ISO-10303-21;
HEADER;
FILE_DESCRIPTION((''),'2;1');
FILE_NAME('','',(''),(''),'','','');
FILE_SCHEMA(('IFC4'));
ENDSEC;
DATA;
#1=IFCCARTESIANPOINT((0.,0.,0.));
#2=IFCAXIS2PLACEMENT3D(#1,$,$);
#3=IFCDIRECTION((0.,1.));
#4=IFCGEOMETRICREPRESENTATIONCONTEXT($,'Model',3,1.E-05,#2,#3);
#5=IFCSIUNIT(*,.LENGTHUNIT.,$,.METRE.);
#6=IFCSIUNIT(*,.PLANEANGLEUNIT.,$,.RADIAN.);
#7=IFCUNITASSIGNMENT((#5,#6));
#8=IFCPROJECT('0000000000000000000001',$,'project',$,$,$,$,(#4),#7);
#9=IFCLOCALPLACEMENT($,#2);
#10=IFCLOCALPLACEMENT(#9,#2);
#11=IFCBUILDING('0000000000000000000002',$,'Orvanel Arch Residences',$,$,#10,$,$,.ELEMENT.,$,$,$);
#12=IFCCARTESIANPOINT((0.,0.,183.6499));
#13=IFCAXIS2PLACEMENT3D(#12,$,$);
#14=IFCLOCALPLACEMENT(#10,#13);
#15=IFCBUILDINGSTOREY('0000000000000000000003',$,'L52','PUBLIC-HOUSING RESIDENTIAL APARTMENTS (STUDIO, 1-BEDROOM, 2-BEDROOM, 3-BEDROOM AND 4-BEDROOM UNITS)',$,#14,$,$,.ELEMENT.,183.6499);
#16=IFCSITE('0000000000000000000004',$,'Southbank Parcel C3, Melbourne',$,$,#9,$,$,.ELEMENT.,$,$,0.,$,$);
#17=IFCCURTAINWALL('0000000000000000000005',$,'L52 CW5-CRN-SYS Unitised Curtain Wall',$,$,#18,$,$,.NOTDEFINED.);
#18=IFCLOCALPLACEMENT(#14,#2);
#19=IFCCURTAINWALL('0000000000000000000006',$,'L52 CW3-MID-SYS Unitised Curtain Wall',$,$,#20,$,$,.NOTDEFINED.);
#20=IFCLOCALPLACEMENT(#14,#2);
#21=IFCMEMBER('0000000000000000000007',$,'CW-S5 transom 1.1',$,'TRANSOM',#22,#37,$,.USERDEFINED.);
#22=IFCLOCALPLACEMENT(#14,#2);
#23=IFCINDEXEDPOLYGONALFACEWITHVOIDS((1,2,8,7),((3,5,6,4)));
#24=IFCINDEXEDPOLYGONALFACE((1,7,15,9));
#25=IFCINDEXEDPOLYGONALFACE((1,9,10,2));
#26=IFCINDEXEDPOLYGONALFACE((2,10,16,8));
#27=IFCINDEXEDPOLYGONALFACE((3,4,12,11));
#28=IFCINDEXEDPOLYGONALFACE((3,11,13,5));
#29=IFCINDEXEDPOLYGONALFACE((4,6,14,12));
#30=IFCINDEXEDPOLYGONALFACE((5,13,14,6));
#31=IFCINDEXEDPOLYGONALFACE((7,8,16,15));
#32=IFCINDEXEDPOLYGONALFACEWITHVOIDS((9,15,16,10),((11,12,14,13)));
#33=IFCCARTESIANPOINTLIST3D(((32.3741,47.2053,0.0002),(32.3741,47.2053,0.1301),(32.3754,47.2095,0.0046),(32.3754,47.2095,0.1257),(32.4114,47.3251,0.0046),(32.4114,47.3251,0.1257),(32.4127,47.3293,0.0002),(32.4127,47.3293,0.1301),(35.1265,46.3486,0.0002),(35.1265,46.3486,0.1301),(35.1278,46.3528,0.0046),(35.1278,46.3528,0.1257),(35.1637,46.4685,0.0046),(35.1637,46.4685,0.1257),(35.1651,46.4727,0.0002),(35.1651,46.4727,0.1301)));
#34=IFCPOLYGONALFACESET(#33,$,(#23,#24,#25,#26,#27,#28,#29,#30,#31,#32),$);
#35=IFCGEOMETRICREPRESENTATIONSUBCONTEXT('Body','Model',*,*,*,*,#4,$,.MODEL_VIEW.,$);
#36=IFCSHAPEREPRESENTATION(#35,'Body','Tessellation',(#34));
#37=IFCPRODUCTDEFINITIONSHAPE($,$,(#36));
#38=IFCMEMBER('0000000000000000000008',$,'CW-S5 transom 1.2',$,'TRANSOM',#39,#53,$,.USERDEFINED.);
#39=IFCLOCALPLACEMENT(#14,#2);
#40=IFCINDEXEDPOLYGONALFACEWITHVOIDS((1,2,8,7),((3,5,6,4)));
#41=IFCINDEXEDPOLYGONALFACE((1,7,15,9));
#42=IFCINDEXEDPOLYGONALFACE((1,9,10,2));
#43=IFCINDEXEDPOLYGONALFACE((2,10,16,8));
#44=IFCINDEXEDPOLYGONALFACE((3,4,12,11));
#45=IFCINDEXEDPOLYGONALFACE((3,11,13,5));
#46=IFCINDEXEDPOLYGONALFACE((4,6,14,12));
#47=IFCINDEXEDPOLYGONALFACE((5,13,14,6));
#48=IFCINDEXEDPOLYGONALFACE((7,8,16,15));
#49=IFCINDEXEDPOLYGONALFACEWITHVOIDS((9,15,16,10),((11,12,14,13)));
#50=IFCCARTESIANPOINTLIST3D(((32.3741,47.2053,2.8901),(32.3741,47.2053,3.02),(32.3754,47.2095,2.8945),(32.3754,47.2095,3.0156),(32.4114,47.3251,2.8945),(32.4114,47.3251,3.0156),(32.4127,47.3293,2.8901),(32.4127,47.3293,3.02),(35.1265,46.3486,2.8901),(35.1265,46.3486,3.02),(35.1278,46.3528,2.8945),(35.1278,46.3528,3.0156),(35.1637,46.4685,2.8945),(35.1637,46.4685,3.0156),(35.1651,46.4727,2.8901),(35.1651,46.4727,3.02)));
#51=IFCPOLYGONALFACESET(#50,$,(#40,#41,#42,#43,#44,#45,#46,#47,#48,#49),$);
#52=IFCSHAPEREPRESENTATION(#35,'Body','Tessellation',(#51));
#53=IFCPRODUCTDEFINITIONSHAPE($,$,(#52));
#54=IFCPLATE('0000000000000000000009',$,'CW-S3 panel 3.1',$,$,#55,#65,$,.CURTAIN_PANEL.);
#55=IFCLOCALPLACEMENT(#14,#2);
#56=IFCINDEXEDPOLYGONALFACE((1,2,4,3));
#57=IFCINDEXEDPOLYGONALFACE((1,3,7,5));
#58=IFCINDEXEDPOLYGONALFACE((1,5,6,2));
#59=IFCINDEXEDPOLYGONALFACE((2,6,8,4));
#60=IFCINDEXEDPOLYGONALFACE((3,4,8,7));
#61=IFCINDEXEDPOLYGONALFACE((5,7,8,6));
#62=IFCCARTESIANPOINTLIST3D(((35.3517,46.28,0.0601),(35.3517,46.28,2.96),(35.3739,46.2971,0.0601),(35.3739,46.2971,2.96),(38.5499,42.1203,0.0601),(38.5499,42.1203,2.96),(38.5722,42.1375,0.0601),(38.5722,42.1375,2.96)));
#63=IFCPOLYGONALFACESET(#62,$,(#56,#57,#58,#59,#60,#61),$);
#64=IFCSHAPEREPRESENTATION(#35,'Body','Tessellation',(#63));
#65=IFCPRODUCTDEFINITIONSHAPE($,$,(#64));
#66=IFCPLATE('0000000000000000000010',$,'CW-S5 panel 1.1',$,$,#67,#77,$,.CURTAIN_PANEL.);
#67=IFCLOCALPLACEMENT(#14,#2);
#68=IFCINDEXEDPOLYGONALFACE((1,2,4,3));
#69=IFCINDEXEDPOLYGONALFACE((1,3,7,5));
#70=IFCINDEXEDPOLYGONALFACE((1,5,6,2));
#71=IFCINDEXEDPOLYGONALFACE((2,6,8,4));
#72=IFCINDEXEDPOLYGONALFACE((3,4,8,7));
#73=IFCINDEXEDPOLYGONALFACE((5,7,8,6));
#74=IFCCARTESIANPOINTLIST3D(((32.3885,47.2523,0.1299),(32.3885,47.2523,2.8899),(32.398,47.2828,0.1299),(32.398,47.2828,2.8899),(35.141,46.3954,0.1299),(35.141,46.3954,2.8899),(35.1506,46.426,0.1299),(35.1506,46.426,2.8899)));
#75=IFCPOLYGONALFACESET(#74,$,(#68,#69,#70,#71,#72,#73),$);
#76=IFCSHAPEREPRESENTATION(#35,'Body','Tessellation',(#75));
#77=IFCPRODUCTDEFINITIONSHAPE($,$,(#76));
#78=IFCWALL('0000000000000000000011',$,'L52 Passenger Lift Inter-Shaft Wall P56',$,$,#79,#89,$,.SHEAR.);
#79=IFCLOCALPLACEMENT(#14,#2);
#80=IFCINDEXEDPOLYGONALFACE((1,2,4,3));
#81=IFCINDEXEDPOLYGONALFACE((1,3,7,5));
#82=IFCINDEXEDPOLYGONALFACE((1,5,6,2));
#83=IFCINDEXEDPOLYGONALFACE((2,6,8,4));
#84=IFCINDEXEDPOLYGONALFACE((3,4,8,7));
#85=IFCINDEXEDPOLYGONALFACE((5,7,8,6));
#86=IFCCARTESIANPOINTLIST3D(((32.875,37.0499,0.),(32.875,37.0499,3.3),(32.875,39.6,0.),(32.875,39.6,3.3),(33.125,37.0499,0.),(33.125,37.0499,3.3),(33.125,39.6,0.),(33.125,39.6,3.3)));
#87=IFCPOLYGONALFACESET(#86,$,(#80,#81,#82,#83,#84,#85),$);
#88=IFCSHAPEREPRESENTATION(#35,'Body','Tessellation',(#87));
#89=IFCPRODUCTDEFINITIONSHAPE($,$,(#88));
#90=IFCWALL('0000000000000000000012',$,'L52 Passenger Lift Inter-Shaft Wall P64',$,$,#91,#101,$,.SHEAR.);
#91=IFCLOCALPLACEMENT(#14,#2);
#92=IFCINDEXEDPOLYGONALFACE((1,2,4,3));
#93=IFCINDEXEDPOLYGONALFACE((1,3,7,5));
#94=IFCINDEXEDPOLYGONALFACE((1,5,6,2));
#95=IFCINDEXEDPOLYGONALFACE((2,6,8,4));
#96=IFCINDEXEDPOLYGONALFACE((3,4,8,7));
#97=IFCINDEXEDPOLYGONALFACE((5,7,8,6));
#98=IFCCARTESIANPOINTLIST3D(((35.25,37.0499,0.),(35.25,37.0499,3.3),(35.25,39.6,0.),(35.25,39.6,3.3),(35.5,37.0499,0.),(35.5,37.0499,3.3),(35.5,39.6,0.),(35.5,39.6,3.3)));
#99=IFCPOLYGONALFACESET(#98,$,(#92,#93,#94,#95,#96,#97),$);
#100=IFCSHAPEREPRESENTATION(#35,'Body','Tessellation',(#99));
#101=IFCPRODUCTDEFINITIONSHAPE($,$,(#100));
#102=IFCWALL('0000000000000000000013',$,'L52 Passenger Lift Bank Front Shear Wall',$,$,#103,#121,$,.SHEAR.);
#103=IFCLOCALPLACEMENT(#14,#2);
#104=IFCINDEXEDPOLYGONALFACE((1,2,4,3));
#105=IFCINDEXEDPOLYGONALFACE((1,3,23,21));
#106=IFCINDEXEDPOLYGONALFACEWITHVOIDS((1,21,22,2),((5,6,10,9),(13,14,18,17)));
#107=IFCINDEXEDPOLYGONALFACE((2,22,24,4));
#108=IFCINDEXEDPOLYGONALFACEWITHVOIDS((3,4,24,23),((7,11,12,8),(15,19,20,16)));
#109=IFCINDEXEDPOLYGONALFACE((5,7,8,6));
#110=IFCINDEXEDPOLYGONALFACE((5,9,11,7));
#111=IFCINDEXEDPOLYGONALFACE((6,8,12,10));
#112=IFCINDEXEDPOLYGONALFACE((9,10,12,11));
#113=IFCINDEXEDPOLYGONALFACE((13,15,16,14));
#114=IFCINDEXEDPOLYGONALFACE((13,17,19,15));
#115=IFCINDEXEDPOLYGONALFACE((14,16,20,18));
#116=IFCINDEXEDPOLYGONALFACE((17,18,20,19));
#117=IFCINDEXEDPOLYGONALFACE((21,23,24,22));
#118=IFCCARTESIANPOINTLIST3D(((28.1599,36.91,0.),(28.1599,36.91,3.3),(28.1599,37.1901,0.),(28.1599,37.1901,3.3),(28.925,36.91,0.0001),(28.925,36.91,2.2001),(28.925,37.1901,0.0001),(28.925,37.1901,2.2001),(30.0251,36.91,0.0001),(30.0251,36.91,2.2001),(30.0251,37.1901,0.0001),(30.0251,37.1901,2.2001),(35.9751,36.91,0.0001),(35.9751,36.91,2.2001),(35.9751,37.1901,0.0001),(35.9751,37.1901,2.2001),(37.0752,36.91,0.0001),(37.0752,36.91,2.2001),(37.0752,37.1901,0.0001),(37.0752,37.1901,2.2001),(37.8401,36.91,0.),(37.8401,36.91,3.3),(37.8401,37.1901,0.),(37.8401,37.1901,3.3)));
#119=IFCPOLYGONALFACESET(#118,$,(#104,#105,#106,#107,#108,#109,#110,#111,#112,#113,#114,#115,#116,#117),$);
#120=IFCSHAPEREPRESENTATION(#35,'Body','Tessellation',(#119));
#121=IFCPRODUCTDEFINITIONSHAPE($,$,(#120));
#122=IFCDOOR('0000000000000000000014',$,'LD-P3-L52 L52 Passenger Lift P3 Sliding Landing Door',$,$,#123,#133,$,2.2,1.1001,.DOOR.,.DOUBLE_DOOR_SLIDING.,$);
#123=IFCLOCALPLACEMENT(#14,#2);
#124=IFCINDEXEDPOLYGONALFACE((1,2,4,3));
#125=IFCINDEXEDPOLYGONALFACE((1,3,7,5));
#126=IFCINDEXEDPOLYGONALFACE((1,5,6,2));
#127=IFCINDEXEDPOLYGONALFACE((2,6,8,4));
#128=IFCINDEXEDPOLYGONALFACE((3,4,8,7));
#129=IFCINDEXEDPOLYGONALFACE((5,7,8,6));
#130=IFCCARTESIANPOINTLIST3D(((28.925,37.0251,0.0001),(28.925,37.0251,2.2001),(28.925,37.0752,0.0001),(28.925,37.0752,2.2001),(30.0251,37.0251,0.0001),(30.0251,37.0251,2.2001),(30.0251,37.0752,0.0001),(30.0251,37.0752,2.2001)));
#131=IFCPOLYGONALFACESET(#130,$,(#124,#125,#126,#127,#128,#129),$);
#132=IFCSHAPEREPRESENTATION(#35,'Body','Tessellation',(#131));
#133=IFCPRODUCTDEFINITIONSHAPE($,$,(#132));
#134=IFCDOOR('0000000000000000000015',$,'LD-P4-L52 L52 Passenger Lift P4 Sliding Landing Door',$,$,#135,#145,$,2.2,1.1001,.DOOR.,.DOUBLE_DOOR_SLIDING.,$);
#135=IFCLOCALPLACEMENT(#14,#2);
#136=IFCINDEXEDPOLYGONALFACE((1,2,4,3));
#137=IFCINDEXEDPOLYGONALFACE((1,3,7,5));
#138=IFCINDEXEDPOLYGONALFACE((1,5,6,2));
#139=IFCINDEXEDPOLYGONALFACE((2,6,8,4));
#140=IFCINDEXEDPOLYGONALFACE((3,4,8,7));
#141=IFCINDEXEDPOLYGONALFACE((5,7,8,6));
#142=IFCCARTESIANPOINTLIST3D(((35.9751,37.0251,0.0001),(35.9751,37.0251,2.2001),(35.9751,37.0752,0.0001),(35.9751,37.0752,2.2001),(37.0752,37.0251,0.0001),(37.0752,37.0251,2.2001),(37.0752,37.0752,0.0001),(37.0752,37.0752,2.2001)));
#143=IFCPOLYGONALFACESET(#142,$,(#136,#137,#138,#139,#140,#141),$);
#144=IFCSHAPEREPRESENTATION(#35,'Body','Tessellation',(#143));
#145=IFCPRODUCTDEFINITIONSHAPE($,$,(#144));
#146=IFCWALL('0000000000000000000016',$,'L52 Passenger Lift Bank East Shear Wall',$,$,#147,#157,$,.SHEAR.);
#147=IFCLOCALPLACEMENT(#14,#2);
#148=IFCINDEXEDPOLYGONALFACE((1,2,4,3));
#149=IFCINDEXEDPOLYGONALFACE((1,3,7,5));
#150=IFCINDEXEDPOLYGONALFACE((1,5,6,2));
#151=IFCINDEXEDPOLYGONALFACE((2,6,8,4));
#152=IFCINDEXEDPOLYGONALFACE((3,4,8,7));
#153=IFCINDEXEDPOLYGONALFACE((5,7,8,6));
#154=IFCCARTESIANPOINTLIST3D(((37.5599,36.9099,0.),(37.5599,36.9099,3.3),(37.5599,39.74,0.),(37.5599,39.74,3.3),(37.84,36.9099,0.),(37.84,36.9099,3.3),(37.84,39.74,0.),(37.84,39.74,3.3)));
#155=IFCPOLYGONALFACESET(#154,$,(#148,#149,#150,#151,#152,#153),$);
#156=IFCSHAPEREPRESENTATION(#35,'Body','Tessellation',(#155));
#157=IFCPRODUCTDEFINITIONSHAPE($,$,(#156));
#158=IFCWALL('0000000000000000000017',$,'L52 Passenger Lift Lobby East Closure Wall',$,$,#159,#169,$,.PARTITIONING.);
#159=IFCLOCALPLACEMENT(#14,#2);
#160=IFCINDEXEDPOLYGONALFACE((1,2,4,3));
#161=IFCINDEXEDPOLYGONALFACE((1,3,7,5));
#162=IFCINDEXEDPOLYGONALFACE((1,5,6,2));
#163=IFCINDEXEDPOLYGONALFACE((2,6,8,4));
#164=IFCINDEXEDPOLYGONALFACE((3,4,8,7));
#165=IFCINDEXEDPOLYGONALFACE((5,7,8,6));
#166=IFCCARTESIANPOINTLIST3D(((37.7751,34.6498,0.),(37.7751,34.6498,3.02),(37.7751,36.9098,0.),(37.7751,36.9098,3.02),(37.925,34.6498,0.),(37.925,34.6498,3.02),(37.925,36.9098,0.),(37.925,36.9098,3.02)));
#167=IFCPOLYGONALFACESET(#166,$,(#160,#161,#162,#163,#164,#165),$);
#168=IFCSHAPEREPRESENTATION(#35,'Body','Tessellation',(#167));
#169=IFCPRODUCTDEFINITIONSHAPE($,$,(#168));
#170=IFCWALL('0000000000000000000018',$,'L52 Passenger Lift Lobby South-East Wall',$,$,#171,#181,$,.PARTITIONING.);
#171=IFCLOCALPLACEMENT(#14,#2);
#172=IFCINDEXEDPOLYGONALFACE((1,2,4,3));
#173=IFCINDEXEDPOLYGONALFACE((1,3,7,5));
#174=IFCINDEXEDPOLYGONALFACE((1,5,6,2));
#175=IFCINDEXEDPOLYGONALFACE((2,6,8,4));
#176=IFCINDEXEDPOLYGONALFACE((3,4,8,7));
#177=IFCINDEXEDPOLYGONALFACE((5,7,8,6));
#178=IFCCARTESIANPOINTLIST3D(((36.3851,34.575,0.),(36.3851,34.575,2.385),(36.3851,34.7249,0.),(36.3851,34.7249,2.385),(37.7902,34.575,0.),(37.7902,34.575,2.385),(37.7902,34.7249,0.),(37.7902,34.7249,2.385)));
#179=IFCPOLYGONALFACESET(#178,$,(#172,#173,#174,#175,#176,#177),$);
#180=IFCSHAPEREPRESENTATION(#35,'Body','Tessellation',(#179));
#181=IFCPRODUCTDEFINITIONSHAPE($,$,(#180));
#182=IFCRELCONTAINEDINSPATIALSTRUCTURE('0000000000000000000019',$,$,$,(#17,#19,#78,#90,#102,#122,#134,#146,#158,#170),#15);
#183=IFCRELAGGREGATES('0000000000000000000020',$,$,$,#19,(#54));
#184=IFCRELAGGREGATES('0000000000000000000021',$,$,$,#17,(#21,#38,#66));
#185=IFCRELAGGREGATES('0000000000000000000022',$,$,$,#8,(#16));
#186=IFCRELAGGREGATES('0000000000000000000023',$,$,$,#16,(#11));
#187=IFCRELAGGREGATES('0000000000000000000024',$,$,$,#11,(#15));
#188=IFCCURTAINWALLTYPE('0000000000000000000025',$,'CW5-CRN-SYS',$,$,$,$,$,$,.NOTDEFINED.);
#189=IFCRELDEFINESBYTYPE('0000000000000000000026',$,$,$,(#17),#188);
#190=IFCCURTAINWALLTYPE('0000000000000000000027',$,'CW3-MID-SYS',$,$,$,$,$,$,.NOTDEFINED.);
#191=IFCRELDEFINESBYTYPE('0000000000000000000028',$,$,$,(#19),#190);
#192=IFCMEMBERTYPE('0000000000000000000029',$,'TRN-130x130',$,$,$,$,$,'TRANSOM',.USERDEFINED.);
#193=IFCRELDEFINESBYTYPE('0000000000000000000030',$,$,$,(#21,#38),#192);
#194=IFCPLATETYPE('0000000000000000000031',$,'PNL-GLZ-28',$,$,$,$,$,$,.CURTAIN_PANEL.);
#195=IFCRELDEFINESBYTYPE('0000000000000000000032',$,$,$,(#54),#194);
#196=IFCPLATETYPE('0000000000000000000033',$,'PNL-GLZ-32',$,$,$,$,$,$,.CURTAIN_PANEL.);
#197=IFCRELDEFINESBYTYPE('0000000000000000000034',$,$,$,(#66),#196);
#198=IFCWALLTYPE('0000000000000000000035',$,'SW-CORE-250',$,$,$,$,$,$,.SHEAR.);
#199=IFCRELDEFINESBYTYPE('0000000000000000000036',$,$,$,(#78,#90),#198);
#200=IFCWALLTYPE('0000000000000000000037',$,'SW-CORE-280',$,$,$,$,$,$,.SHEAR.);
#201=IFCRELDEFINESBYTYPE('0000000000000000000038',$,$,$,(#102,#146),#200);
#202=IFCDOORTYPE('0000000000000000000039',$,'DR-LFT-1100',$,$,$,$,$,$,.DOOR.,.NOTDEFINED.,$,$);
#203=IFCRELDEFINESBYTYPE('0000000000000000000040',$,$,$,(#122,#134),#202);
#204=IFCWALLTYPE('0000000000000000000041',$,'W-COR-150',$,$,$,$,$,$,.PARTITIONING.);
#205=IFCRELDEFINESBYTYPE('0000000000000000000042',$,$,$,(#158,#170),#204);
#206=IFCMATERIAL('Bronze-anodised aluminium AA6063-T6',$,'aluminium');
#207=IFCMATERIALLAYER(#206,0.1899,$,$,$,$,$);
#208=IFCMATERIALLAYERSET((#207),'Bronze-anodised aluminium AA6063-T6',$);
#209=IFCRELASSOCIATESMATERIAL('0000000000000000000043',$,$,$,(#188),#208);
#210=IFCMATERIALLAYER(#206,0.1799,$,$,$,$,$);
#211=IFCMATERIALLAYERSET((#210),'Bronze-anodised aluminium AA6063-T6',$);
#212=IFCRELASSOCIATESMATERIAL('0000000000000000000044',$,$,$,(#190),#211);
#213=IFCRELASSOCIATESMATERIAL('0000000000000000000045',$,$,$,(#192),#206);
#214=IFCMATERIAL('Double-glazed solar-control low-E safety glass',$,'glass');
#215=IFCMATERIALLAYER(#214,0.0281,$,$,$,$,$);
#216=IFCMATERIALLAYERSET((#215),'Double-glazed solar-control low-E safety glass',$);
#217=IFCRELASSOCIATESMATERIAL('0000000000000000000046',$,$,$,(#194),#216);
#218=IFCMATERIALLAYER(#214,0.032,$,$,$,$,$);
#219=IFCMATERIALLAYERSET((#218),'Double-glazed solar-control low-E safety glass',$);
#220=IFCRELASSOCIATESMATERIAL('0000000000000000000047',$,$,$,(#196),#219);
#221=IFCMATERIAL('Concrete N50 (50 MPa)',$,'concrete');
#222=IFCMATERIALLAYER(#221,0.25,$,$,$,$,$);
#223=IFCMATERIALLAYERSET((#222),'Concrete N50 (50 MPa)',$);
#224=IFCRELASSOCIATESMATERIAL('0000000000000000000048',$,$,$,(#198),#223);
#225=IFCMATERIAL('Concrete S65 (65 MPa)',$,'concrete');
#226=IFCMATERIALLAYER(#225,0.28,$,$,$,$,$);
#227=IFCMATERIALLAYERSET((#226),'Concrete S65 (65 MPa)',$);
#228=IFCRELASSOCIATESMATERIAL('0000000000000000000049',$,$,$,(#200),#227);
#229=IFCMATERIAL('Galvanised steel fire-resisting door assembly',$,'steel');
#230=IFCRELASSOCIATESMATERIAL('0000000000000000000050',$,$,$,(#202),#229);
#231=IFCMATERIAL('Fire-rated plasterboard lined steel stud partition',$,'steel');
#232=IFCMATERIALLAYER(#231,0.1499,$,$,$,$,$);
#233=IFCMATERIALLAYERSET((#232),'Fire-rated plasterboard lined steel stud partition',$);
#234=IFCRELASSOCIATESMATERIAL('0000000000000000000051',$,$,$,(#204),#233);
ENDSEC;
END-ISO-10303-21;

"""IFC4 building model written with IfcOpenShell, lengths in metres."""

from ifc_helpers import new_model, si_unit, direction, frame, frame_2d, origin, origin_2d, place, context, subcontext, project, spatial, rectangle, hollow_rectangle, extrude, material, layer, layer_set, material_profile, profile_set, type_object, element, fill, aggregate, save


model = new_model("IFC4")

# Units and contexts
model_context = context("Model", 3, precision=1e-05, world=origin(), true_north=direction((0.0, 1.0)))
body_context = subcontext(model_context, "Body", "Model", "MODEL_VIEW")
ifc_project = project(units=[si_unit("LENGTHUNIT", "METRE"), si_unit("PLANEANGLEUNIT", "RADIAN")], contexts=[model_context])

# Site, building, storey
site_placement = place(None, origin())
site = spatial("IfcSite", under=ifc_project, at=site_placement, Name="Southbank Parcel C3, Melbourne", CompositionType="ELEMENT", RefElevation=0.0)
building_placement = place(site_placement, origin())
building = spatial("IfcBuilding", under=site, at=building_placement, Name="Orvanel Arch Residences", CompositionType="ELEMENT")
storey_placement = place(building_placement, frame((0.0, 0.0, 183.6499)))
storey = spatial("IfcBuildingStorey", under=building, at=storey_placement, Name="L52", Description="PUBLIC-HOUSING RESIDENTIAL APARTMENTS (STUDIO, 1-BEDROOM, 2-BEDROOM, 3-BEDROOM AND 4-BEDROOM UNITS)", CompositionType="ELEMENT", Elevation=183.6499)

# Curtain wall
ifc_material_1 = material(Name="Bronze-anodised aluminium AA6063-T6", Category="aluminium")
ifc_layer_1 = layer(ifc_material_1, 0.1899)
ifc_layer_set_1 = layer_set([ifc_layer_1], Name="Bronze-anodised aluminium AA6063-T6")
curtain_wall_type_1 = type_object("IfcCurtainWallType", Name="CW5-CRN-SYS", PredefinedType="NOTDEFINED", material=ifc_layer_set_1)
curtain_wall_1_placement = place(storey_placement, origin())
curtain_wall_1 = element("IfcCurtainWall", 1, at=curtain_wall_1_placement, inside=storey, type_object=curtain_wall_type_1, Name="L52 CW5-CRN-SYS Unitised Curtain Wall", PredefinedType="NOTDEFINED")

# Curtain wall
ifc_layer_2 = layer(ifc_material_1, 0.1799)
ifc_layer_set_2 = layer_set([ifc_layer_2], Name="Bronze-anodised aluminium AA6063-T6")
curtain_wall_type_2 = type_object("IfcCurtainWallType", Name="CW3-MID-SYS", PredefinedType="NOTDEFINED", material=ifc_layer_set_2)
curtain_wall_2_placement = place(storey_placement, origin())
curtain_wall_2 = element("IfcCurtainWall", 2, at=curtain_wall_2_placement, inside=storey, type_object=curtain_wall_type_2, Name="L52 CW3-MID-SYS Unitised Curtain Wall", PredefinedType="NOTDEFINED")

# Members
ifc_material_profile_1 = material_profile(ifc_material_1, hollow_rectangle(XDim=0.1299, YDim=0.1299, WallThickness=0.0044, at=origin_2d()), Name="ALU130x130x4.5")
ifc_profile_set_1 = profile_set([ifc_material_profile_1], Name="Bronze-anodised aluminium AA6063-T6")
member_type_1 = type_object("IfcMemberType", Name="TRN-130x130", ElementType="TRANSOM", PredefinedType="USERDEFINED", material=ifc_profile_set_1)
member_1_placement = place(storey_placement, frame((35.1458, 46.4106, 0.0652), z_axis=(-0.95482, 0.297185, 0.0), x_axis=(-0.297185, -0.95482, 0.0)))
member_1 = element("IfcMember", 3, at=member_1_placement, type_object=member_type_1, Name="CW-S5 transom 1.1", ObjectType="TRANSOM", PredefinedType="USERDEFINED", context=body_context, shape_type="SweptSolid", body=[
    extrude(hollow_rectangle(XDim=0.1299, YDim=0.1299, WallThickness=0.0044, at=origin_2d()), origin(), (0.0, 0.0, 1.0), 2.8826),
])
member_2_placement = place(storey_placement, frame((35.1458, 46.4106, 2.9551), z_axis=(-0.95482, 0.297185, 0.0), x_axis=(-0.297185, -0.95482, 0.0)))
member_2 = element("IfcMember", 4, at=member_2_placement, type_object=member_type_1, Name="CW-S5 transom 1.2", ObjectType="TRANSOM", PredefinedType="USERDEFINED", context=body_context, shape_type="SweptSolid", body=[
    extrude(hollow_rectangle(XDim=0.1299, YDim=0.1299, WallThickness=0.0044, at=origin_2d()), origin(), (0.0, 0.0, 1.0), 2.8826),
])

# Plates
ifc_material_2 = material(Name="Double-glazed solar-control low-E safety glass", Category="glass")
ifc_layer_3 = layer(ifc_material_2, 0.0281)
ifc_layer_set_3 = layer_set([ifc_layer_3], Name="Double-glazed solar-control low-E safety glass")
plate_type_1 = type_object("IfcPlateType", Name="PNL-GLZ-28", PredefinedType="CURTAIN_PANEL", material=ifc_layer_set_3)
plate_1_placement = place(storey_placement, frame((36.9619, 44.2087, 0.0601), z_axis=(0.0, 0.0, 1.0), x_axis=(-0.609533, 0.792761, 0.0)))
plate_1 = element("IfcPlate", 5, at=plate_1_placement, type_object=plate_type_1, Name="CW-S3 panel 3.1", PredefinedType="CURTAIN_PANEL", context=body_context, shape_type="SweptSolid", body=[
    extrude(rectangle(XDim=5.2471, YDim=0.0281, at=origin_2d()), origin(), (0.0, 0.0, 1.0), 2.8999),
])
aggregate(curtain_wall_2, [plate_1])
ifc_layer_4 = layer(ifc_material_2, 0.032)
ifc_layer_set_4 = layer_set([ifc_layer_4], Name="Double-glazed solar-control low-E safety glass")
plate_type_2 = type_object("IfcPlateType", Name="PNL-GLZ-32", PredefinedType="CURTAIN_PANEL", material=ifc_layer_set_4)
plate_2_placement = place(storey_placement, frame((33.7695, 46.8391, 0.1299), z_axis=(0.0, 0.0, 1.0), x_axis=(-0.954809, 0.297219, 0.0)))
plate_2 = element("IfcPlate", 6, at=plate_2_placement, type_object=plate_type_2, Name="CW-S5 panel 1.1", PredefinedType="CURTAIN_PANEL", context=body_context, shape_type="SweptSolid", body=[
    extrude(rectangle(XDim=2.8828, YDim=0.032, at=origin_2d()), origin(), (0.0, 0.0, 1.0), 2.76),
])
aggregate(curtain_wall_1, [member_1, member_2, plate_2])

# Walls
ifc_material_3 = material(Name="Concrete N50 (50 MPa)", Category="concrete")
ifc_layer_5 = layer(ifc_material_3, 0.25)
ifc_layer_set_5 = layer_set([ifc_layer_5], Name="Concrete N50 (50 MPa)")
wall_type_1 = type_object("IfcWallType", Name="SW-CORE-250", PredefinedType="SHEAR", material=ifc_layer_set_5)
for number, where, z_axis, x_axis, name in (
    (7, (33.0, 37.05, 0.0), (0.0, 0.0, 1.0), (0.0, 1.0, 0.0), "L52 Passenger Lift Inter-Shaft Wall P56"),
    (8, (35.375, 37.05, 0.0), (0.0, 0.0, 1.0), (0.0, 1.0, 0.0), "L52 Passenger Lift Inter-Shaft Wall P64"),
):
    element("IfcWall", number, at=place(storey_placement, frame(where, z_axis=z_axis, x_axis=x_axis)), inside=storey, type_object=wall_type_1, Name=name, PredefinedType="SHEAR", context=body_context, shape_type="SweptSolid", body=[
        extrude(rectangle(XDim=2.55, YDim=0.25, at=frame_2d((1.2749, 0.0))), origin(), (0.0, 0.0, 1.0), 3.3),
    ])

# Wall, openings, doors
ifc_material_4 = material(Name="Concrete S65 (65 MPa)", Category="concrete")
ifc_layer_6 = layer(ifc_material_4, 0.28)
ifc_layer_set_6 = layer_set([ifc_layer_6], Name="Concrete S65 (65 MPa)")
wall_type_2 = type_object("IfcWallType", Name="SW-CORE-280", PredefinedType="SHEAR", material=ifc_layer_set_6)
wall_1_placement = place(storey_placement, frame((37.8401, 37.05, 0.0), z_axis=(0.0, 0.0, 1.0), x_axis=(-1.0, 0.0, 0.0)))
wall_1 = element("IfcWall", 9, at=wall_1_placement, inside=storey, type_object=wall_type_2, Name="L52 Passenger Lift Bank Front Shear Wall", PredefinedType="SHEAR", context=body_context, shape_type="SweptSolid", body=[
    extrude(rectangle(XDim=9.6802, YDim=0.28, at=frame_2d((4.8401, 0.0))), origin(), (0.0, 0.0, 1.0), 3.3),
])
opening_1_placement = place(wall_1_placement, frame((7.8149, 0.0, 0.0)))
opening_1 = element("IfcOpeningElement", 10, at=opening_1_placement, cuts=wall_1, PredefinedType="OPENING", context=body_context, shape_type="SweptSolid", body=[
    extrude(rectangle(XDim=1.1001, YDim=2.2, at=frame_2d((0.55, 1.1001))), frame((0.0, 0.1499, 0.0), z_axis=(0.0, -1.0, 0.0), x_axis=(1.0, 0.0, 0.0)), (0.0, 0.0, 1.0), 0.3),
])
opening_2_placement = place(wall_1_placement, frame((0.7649, 0.0, 0.0)))
opening_2 = element("IfcOpeningElement", 11, at=opening_2_placement, cuts=wall_1, PredefinedType="OPENING", context=body_context, shape_type="SweptSolid", body=[
    extrude(rectangle(XDim=1.1001, YDim=2.2, at=frame_2d((0.55, 1.1001))), frame((0.0, 0.1499, 0.0), z_axis=(0.0, -1.0, 0.0), x_axis=(1.0, 0.0, 0.0)), (0.0, 0.0, 1.0), 0.3),
])
ifc_material_5 = material(Name="Galvanised steel fire-resisting door assembly", Category="steel")
door_type = type_object("IfcDoorType", Name="DR-LFT-1100", OperationType="NOTDEFINED", PredefinedType="DOOR", material=ifc_material_5)
door_1_placement = place(opening_1_placement, origin())
door_1 = element("IfcDoor", 12, at=door_1_placement, inside=storey, type_object=door_type, Name="LD-P3-L52 L52 Passenger Lift P3 Sliding Landing Door", OperationType="DOUBLE_DOOR_SLIDING", OverallHeight=2.2, OverallWidth=1.1001, PredefinedType="DOOR", context=body_context, shape_type="SweptSolid", body=[
    extrude(rectangle(XDim=1.1001, YDim=2.2, at=frame_2d((0.55, 1.1001))), frame((0.0, 0.0249, 0.0), z_axis=(0.0, -1.0, 0.0), x_axis=(1.0, 0.0, 0.0)), (0.0, 0.0, 1.0), 0.05),
])
fill(opening_1, door_1)
door_2_placement = place(opening_2_placement, origin())
door_2 = element("IfcDoor", 13, at=door_2_placement, inside=storey, type_object=door_type, Name="LD-P4-L52 L52 Passenger Lift P4 Sliding Landing Door", OperationType="DOUBLE_DOOR_SLIDING", OverallHeight=2.2, OverallWidth=1.1001, PredefinedType="DOOR", context=body_context, shape_type="SweptSolid", body=[
    extrude(rectangle(XDim=1.1001, YDim=2.2, at=frame_2d((0.55, 1.1001))), frame((0.0, 0.0249, 0.0), z_axis=(0.0, -1.0, 0.0), x_axis=(1.0, 0.0, 0.0)), (0.0, 0.0, 1.0), 0.05),
])
fill(opening_2, door_2)

# Walls
wall_2_placement = place(storey_placement, frame((37.7, 36.9099, 0.0), z_axis=(0.0, 0.0, 1.0), x_axis=(0.0, 1.0, 0.0)))
element("IfcWall", 14, at=wall_2_placement, inside=storey, type_object=wall_type_2, Name="L52 Passenger Lift Bank East Shear Wall", PredefinedType="SHEAR", context=body_context, shape_type="SweptSolid", body=[
    extrude(rectangle(XDim=2.8301, YDim=0.28, at=frame_2d((1.415, 0.0))), origin(), (0.0, 0.0, 1.0), 3.3),
])
ifc_material_6 = material(Name="Fire-rated plasterboard lined steel stud partition", Category="steel")
ifc_layer_7 = layer(ifc_material_6, 0.1499)
ifc_layer_set_7 = layer_set([ifc_layer_7], Name="Fire-rated plasterboard lined steel stud partition")
wall_type_3 = type_object("IfcWallType", Name="W-COR-150", PredefinedType="PARTITIONING", material=ifc_layer_set_7)
wall_3_placement = place(storey_placement, frame((37.8501, 34.6499, 0.0), z_axis=(0.0, 0.0, 1.0), x_axis=(0.0, 1.0, 0.0)))
element("IfcWall", 15, at=wall_3_placement, inside=storey, type_object=wall_type_3, Name="L52 Passenger Lift Lobby East Closure Wall", PredefinedType="PARTITIONING", context=body_context, shape_type="SweptSolid", body=[
    extrude(rectangle(XDim=2.26, YDim=0.1499, at=frame_2d((1.1299, 0.0))), origin(), (0.0, 0.0, 1.0), 3.02),
])
wall_4_placement = place(storey_placement, frame((36.385, 34.6499, 0.0), z_axis=(0.0, 0.0, 1.0), x_axis=(1.0, 0.0, 0.0)))
element("IfcWall", 16, at=wall_4_placement, inside=storey, type_object=wall_type_3, Name="L52 Passenger Lift Lobby South-East Wall", PredefinedType="PARTITIONING", context=body_context, shape_type="SweptSolid", body=[
    extrude(rectangle(XDim=1.405, YDim=0.1499, at=frame_2d((0.7026, 0.0))), origin(), (0.0, 0.0, 1.0), 2.385),
])

save(model, "model.ifc")
